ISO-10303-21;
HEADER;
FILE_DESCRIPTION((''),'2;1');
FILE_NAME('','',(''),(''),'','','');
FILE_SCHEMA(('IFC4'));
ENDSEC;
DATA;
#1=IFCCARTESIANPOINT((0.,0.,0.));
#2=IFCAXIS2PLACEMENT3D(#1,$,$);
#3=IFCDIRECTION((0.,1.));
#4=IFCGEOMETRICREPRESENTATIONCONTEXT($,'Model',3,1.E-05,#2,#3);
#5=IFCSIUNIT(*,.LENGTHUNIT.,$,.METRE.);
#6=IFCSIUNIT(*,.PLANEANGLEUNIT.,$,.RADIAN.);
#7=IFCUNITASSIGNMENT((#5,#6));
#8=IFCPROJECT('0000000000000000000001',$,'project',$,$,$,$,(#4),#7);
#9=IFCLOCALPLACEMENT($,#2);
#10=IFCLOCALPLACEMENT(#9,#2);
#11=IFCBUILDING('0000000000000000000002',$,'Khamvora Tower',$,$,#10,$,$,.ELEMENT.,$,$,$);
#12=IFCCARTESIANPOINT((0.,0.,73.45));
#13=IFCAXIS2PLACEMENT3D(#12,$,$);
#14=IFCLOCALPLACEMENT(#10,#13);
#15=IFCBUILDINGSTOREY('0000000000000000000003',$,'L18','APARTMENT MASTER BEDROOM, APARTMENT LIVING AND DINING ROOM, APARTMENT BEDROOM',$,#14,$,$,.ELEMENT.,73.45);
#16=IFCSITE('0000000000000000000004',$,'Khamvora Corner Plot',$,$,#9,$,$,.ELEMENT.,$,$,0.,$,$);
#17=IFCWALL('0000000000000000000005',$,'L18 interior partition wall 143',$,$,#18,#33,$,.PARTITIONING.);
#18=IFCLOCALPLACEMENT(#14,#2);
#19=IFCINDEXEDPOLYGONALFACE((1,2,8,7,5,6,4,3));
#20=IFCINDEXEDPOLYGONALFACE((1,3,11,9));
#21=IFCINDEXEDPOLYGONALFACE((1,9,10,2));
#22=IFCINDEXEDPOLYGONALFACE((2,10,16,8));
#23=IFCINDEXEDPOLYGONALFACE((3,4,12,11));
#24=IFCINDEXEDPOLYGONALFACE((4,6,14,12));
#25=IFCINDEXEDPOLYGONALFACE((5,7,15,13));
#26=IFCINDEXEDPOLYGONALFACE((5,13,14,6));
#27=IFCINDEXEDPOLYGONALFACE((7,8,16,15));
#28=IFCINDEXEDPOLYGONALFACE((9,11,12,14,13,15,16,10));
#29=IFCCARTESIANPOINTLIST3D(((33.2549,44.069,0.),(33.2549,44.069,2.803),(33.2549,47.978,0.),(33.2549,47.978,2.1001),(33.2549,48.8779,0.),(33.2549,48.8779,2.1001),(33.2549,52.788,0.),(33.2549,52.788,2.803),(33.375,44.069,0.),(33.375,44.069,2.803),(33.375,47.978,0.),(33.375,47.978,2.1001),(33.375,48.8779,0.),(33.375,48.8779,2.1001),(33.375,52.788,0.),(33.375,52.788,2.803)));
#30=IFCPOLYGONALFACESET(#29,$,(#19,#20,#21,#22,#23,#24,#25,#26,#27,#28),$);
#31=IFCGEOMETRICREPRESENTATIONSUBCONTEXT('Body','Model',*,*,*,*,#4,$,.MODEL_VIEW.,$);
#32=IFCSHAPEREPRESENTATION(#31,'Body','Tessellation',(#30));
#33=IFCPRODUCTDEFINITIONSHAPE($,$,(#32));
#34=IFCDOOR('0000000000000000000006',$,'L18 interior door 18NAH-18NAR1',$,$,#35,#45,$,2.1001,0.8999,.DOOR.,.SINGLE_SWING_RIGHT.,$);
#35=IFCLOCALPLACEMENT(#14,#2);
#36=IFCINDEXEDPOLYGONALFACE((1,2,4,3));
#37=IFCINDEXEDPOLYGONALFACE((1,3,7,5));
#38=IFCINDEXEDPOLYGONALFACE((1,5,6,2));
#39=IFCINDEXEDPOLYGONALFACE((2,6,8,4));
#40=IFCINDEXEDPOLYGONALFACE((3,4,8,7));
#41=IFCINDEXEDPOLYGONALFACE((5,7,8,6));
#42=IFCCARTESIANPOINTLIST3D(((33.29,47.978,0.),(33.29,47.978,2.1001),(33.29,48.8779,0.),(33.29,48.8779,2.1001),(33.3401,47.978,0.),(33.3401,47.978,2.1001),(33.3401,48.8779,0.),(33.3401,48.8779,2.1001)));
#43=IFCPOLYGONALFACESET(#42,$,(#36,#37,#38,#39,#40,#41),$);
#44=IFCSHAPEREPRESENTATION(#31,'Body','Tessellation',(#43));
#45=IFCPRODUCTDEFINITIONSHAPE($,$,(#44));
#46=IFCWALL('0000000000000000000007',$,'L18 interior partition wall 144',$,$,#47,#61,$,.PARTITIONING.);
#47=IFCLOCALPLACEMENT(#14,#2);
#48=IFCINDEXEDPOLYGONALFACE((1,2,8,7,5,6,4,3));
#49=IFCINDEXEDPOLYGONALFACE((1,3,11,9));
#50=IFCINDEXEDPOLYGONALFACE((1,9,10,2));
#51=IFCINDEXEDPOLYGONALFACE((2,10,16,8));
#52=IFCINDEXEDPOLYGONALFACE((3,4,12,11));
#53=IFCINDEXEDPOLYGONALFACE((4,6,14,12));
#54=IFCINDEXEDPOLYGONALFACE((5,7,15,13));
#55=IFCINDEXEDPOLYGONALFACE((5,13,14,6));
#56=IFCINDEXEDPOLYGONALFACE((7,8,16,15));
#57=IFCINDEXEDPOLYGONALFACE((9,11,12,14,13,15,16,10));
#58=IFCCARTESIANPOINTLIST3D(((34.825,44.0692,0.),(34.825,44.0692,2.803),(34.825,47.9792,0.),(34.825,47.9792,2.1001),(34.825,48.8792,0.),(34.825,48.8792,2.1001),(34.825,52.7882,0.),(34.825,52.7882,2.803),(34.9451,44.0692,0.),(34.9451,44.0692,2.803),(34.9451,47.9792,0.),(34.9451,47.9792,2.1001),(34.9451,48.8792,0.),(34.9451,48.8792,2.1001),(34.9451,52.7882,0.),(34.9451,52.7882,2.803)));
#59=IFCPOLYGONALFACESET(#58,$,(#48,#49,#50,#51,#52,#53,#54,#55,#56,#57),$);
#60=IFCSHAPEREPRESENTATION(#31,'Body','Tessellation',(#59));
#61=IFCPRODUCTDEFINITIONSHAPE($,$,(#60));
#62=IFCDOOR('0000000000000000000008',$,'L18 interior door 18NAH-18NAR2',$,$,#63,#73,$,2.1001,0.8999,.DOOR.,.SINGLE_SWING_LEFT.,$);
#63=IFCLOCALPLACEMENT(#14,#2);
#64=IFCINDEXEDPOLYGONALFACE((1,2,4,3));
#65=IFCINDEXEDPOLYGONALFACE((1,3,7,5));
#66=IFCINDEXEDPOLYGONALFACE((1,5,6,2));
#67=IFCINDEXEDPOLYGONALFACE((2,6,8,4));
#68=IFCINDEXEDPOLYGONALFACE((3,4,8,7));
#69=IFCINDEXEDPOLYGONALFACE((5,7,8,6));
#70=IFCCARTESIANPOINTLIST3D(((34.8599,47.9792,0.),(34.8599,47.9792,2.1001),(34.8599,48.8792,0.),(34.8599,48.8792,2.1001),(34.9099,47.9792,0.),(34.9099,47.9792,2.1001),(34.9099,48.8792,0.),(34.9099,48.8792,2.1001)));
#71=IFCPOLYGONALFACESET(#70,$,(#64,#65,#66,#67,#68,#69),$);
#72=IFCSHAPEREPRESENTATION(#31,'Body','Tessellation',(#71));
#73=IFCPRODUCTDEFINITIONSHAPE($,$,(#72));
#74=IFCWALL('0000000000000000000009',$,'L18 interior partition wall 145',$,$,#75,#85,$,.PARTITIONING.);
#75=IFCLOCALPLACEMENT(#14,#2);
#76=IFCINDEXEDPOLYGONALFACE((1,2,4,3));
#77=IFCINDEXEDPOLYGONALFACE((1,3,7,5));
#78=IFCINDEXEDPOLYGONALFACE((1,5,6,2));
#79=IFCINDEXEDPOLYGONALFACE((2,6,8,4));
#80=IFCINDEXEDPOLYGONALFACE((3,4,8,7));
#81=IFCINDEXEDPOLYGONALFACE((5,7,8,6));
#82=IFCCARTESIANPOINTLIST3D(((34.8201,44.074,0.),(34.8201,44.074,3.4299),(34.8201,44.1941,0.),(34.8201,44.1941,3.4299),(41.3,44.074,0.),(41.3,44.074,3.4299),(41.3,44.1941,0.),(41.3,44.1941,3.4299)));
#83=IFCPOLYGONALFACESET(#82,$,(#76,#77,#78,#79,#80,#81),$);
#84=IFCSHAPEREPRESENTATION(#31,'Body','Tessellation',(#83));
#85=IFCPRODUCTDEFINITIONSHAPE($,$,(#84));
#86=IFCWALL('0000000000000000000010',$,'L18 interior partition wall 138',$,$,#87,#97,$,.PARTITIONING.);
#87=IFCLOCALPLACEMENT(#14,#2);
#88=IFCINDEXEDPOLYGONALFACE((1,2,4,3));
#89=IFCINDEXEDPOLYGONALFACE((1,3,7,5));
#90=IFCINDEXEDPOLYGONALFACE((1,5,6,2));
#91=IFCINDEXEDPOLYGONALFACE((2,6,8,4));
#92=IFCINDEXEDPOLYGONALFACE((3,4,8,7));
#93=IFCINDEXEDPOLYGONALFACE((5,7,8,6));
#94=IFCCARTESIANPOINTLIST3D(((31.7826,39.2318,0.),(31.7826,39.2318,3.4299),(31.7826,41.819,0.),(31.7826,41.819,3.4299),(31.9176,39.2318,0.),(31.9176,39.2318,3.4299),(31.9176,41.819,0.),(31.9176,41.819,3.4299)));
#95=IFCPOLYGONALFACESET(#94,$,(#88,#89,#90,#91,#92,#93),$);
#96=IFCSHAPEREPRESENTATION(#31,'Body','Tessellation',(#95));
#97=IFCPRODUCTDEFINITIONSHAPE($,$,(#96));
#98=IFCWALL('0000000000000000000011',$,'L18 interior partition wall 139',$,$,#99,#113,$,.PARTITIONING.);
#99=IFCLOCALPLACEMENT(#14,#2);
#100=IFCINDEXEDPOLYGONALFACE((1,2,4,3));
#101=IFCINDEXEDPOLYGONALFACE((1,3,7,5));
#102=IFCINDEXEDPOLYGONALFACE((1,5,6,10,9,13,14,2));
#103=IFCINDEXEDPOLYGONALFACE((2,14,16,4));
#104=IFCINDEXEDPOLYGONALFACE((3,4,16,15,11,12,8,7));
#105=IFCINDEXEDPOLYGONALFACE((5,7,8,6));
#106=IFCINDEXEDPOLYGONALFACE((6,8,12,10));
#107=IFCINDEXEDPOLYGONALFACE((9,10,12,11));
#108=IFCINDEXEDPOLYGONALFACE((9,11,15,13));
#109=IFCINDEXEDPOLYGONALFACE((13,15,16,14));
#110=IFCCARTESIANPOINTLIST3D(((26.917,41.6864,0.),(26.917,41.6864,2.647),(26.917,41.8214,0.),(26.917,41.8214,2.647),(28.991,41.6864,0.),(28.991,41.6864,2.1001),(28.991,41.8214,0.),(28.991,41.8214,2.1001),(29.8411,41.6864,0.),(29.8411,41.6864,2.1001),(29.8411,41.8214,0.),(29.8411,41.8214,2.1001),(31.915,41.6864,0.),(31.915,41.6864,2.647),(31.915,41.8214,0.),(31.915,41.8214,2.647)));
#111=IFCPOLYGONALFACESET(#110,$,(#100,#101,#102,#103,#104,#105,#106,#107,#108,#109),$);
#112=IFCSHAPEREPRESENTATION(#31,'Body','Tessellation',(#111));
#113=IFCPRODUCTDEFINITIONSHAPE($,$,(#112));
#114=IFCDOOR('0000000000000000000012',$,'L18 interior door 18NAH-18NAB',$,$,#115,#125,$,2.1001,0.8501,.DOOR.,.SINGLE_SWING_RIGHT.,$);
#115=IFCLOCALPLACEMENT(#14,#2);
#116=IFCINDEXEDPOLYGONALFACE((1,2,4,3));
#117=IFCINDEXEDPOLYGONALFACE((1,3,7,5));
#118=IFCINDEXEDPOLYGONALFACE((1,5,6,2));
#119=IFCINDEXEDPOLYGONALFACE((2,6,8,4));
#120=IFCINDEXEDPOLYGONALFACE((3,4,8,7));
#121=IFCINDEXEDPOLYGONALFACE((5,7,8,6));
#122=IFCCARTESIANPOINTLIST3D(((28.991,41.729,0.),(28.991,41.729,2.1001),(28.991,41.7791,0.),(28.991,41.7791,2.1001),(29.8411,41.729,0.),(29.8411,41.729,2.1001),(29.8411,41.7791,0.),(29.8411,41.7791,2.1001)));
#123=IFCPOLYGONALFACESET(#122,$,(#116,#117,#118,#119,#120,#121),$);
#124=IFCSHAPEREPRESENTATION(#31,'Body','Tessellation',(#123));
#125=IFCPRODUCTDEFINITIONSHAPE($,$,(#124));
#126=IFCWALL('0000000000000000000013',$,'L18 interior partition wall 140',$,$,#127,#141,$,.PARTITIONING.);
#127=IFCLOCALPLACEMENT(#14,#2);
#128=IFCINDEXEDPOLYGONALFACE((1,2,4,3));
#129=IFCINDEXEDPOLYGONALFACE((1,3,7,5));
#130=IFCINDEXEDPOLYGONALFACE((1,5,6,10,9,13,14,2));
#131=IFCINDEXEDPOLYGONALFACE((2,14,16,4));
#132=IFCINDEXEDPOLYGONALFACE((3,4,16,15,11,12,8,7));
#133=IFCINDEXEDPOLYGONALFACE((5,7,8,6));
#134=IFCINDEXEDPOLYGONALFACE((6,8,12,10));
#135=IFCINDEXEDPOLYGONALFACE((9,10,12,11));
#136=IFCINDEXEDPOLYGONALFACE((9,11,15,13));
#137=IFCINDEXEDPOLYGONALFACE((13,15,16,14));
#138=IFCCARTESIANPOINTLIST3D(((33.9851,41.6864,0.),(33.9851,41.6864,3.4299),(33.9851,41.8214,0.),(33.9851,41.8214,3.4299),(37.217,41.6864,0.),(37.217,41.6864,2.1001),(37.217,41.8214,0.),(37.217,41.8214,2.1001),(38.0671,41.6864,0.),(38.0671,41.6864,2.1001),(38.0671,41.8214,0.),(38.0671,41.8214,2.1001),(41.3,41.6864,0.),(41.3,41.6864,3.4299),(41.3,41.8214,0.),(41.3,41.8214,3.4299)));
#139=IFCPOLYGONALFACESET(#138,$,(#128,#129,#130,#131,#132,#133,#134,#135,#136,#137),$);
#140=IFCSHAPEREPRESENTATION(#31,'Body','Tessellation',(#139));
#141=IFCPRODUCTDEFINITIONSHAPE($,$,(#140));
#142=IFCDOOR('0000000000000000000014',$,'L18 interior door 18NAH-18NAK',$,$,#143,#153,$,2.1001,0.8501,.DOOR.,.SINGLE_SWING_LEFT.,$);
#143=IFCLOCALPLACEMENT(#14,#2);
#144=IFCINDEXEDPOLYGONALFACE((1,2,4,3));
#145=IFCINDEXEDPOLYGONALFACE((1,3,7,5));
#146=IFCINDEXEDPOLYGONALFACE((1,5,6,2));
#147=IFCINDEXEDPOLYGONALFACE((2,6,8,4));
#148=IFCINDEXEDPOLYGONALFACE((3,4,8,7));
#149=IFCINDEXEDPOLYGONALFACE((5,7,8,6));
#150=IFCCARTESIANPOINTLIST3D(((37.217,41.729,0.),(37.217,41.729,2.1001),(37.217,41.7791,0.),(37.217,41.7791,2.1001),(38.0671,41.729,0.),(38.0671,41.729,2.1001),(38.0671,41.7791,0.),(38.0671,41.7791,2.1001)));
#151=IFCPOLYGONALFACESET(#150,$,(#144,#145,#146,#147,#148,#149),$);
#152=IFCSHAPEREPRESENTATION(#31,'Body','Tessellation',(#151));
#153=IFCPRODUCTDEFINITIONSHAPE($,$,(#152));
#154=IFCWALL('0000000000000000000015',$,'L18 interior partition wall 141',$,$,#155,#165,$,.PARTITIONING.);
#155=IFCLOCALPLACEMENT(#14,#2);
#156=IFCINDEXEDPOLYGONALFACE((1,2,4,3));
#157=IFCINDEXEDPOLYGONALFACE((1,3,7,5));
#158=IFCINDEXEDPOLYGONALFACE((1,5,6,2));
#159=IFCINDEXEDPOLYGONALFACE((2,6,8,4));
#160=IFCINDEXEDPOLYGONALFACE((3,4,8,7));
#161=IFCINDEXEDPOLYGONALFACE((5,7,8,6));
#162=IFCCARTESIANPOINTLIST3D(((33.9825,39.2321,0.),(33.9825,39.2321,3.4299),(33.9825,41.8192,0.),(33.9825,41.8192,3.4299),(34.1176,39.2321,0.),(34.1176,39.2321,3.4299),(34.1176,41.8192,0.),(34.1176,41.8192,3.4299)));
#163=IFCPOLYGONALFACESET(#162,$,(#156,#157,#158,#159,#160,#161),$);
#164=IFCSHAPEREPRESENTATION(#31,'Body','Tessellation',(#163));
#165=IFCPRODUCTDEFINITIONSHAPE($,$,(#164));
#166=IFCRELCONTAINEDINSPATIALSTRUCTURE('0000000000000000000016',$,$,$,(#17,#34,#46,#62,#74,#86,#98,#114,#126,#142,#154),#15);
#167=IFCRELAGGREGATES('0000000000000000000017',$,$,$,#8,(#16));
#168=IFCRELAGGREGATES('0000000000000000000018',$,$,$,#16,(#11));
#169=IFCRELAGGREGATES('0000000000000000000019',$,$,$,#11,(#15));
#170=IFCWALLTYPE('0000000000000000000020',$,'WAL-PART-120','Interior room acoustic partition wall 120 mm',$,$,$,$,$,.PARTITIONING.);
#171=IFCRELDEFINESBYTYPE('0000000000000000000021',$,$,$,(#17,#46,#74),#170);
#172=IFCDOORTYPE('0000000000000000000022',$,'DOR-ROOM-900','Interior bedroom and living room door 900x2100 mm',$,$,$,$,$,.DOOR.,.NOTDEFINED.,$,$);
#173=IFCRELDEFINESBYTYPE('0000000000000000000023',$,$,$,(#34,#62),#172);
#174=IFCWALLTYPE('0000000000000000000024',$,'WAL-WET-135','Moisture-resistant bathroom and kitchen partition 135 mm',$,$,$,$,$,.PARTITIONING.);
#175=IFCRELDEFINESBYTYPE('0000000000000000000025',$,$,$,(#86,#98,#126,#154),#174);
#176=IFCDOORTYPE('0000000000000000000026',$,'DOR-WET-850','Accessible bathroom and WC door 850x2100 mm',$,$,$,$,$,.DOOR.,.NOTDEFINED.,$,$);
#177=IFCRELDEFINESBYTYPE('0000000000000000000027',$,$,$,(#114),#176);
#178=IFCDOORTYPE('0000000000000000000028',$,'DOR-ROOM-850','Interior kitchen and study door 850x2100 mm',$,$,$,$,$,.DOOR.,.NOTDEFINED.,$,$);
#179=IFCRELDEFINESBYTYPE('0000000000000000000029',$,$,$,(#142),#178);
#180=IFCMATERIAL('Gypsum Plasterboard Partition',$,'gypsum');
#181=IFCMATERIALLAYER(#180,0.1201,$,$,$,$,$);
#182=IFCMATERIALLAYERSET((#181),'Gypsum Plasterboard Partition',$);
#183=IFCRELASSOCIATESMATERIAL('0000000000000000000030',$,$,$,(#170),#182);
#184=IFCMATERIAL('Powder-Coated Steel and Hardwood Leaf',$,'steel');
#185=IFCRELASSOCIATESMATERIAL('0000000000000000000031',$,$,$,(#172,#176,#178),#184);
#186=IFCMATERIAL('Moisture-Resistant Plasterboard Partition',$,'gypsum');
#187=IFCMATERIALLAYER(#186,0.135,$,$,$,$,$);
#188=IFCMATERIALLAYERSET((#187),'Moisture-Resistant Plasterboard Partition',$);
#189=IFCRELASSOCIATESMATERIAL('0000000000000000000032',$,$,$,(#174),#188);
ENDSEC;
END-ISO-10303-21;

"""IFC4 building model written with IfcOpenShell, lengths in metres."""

from ifc_helpers import new_model, si_unit, direction, frame, frame_2d, origin, place, context, subcontext, project, spatial, rectangle, extrude, material, layer, layer_set, type_object, element, fill, save


model = new_model("IFC4")

# Units and contexts
model_context = context("Model", 3, precision=1e-05, world=origin(), true_north=direction((0.0, 1.0)))
body_context = subcontext(model_context, "Body", "Model", "MODEL_VIEW")
ifc_project = project(units=[si_unit("LENGTHUNIT", "METRE"), si_unit("PLANEANGLEUNIT", "RADIAN")], contexts=[model_context])

# Site, building, storey
site_placement = place(None, origin())
site = spatial("IfcSite", under=ifc_project, at=site_placement, Name="Khamvora Corner Plot", CompositionType="ELEMENT", RefElevation=0.0)
building_placement = place(site_placement, origin())
building = spatial("IfcBuilding", under=site, at=building_placement, Name="Khamvora Tower", CompositionType="ELEMENT")
storey_placement = place(building_placement, frame((0.0, 0.0, 73.45)))
storey = spatial("IfcBuildingStorey", under=building, at=storey_placement, Name="L18", Description="APARTMENT MASTER BEDROOM, APARTMENT LIVING AND DINING ROOM, APARTMENT BEDROOM", CompositionType="ELEMENT", Elevation=73.45)

# Shared definitions
ifc_material_1 = material(Name="Powder-Coated Steel and Hardwood Leaf", Category="steel")

# Walls, openings, doors
ifc_material_2 = material(Name="Gypsum Plasterboard Partition", Category="gypsum")
ifc_layer_1 = layer(ifc_material_2, 0.1201)
ifc_layer_set_1 = layer_set([ifc_layer_1], Name="Gypsum Plasterboard Partition")
wall_type_1 = type_object("IfcWallType", Name="WAL-PART-120", Description="Interior room acoustic partition wall 120 mm", PredefinedType="PARTITIONING", material=ifc_layer_set_1)
wall_1_placement = place(storey_placement, frame((33.3149, 44.0691, 0.0), z_axis=(0.0, 0.0, 1.0), x_axis=(0.0, 1.0, 0.0)))
wall_1 = element("IfcWall", 1, at=wall_1_placement, inside=storey, type_object=wall_type_1, Name="L18 interior partition wall 143", PredefinedType="PARTITIONING", context=body_context, shape_type="SweptSolid", body=[
    extrude(rectangle(XDim=8.719, YDim=0.1201, at=frame_2d((4.3594, 0.0))), origin(), (0.0, 0.0, 1.0), 2.803),
])
opening_1_placement = place(wall_1_placement, frame((3.9089, 0.0, 0.0)))
opening_1 = element("IfcOpeningElement", 2, at=opening_1_placement, cuts=wall_1, PredefinedType="OPENING", context=body_context, shape_type="SweptSolid", body=[
    extrude(rectangle(XDim=0.8999, YDim=2.1001, at=frame_2d((0.45, 1.05))), frame((0.0, 0.0701, 0.0), z_axis=(0.0, -1.0, 0.0), x_axis=(1.0, 0.0, 0.0)), (0.0, 0.0, 1.0), 0.1401),
])
door_type_1 = type_object("IfcDoorType", Name="DOR-ROOM-900", Description="Interior bedroom and living room door 900x2100 mm", OperationType="NOTDEFINED", PredefinedType="DOOR", material=ifc_material_1)
door_1_placement = place(opening_1_placement, origin())
door_1 = element("IfcDoor", 3, at=door_1_placement, inside=storey, type_object=door_type_1, Name="L18 interior door 18NAH-18NAR1", OperationType="SINGLE_SWING_RIGHT", OverallHeight=2.1001, OverallWidth=0.8999, PredefinedType="DOOR", context=body_context, shape_type="SweptSolid", body=[
    extrude(rectangle(XDim=0.8999, YDim=2.1001, at=frame_2d((0.45, 1.05))), frame((0.0, 0.0249, 0.0), z_axis=(0.0, -1.0, 0.0), x_axis=(1.0, 0.0, 0.0)), (0.0, 0.0, 1.0), 0.05),
])
fill(opening_1, door_1)
wall_2_placement = place(storey_placement, frame((34.885, 52.7881, 0.0), z_axis=(0.0, 0.0, 1.0), x_axis=(0.0, -1.0, 0.0)))
wall_2 = element("IfcWall", 4, at=wall_2_placement, inside=storey, type_object=wall_type_1, Name="L18 interior partition wall 144", PredefinedType="PARTITIONING", context=body_context, shape_type="SweptSolid", body=[
    extrude(rectangle(XDim=8.719, YDim=0.1201, at=frame_2d((4.3594, 0.0))), origin(), (0.0, 0.0, 1.0), 2.803),
])
opening_2_placement = place(wall_2_placement, frame((3.9089, 0.0, 0.0)))
opening_2 = element("IfcOpeningElement", 5, at=opening_2_placement, cuts=wall_2, PredefinedType="OPENING", context=body_context, shape_type="SweptSolid", body=[
    extrude(rectangle(XDim=0.8999, YDim=2.1001, at=frame_2d((0.45, 1.05))), frame((0.0, 0.0701, 0.0), z_axis=(0.0, -1.0, 0.0), x_axis=(1.0, 0.0, 0.0)), (0.0, 0.0, 1.0), 0.1401),
])
door_2_placement = place(opening_2_placement, origin())
door_2 = element("IfcDoor", 6, at=door_2_placement, inside=storey, type_object=door_type_1, Name="L18 interior door 18NAH-18NAR2", OperationType="SINGLE_SWING_LEFT", OverallHeight=2.1001, OverallWidth=0.8999, PredefinedType="DOOR", context=body_context, shape_type="SweptSolid", body=[
    extrude(rectangle(XDim=0.8999, YDim=2.1001, at=frame_2d((0.45, 1.05))), frame((0.0, 0.0249, 0.0), z_axis=(0.0, -1.0, 0.0), x_axis=(1.0, 0.0, 0.0)), (0.0, 0.0, 1.0), 0.05),
])
fill(opening_2, door_2)

# Walls
wall_3_placement = place(storey_placement, frame((34.8201, 44.134, 0.0), z_axis=(0.0, 0.0, 1.0), x_axis=(1.0, 0.0, 0.0)))
element("IfcWall", 7, at=wall_3_placement, inside=storey, type_object=wall_type_1, Name="L18 interior partition wall 145", PredefinedType="PARTITIONING", context=body_context, shape_type="SweptSolid", body=[
    extrude(rectangle(XDim=6.48, YDim=0.1201, at=frame_2d((3.24, 0.0))), origin(), (0.0, 0.0, 1.0), 3.4299),
])
ifc_material_3 = material(Name="Moisture-Resistant Plasterboard Partition", Category="gypsum")
ifc_layer_2 = layer(ifc_material_3, 0.135)
ifc_layer_set_2 = layer_set([ifc_layer_2], Name="Moisture-Resistant Plasterboard Partition")
wall_type_2 = type_object("IfcWallType", Name="WAL-WET-135", Description="Moisture-resistant bathroom and kitchen partition 135 mm", PredefinedType="PARTITIONING", material=ifc_layer_set_2)
wall_4_placement = place(storey_placement, frame((31.8501, 39.2319, 0.0), z_axis=(0.0, 0.0, 1.0), x_axis=(0.0, 1.0, 0.0)))
element("IfcWall", 8, at=wall_4_placement, inside=storey, type_object=wall_type_2, Name="L18 interior partition wall 138", PredefinedType="PARTITIONING", context=body_context, shape_type="SweptSolid", body=[
    extrude(rectangle(XDim=2.5872, YDim=0.135, at=frame_2d((1.2935, 0.0))), origin(), (0.0, 0.0, 1.0), 3.4299),
])

# Walls, openings, doors
wall_5_placement = place(storey_placement, frame((31.915, 41.7539, 0.0), z_axis=(0.0, 0.0, 1.0), x_axis=(-1.0, 0.0, 0.0)))
wall_5 = element("IfcWall", 9, at=wall_5_placement, inside=storey, type_object=wall_type_2, Name="L18 interior partition wall 139", PredefinedType="PARTITIONING", context=body_context, shape_type="SweptSolid", body=[
    extrude(rectangle(XDim=4.998, YDim=0.135, at=frame_2d((2.499, 0.0))), origin(), (0.0, 0.0, 1.0), 2.647),
])
opening_3_placement = place(wall_5_placement, frame((2.074, 0.0, 0.0)))
opening_3 = element("IfcOpeningElement", 10, at=opening_3_placement, cuts=wall_5, PredefinedType="OPENING", context=body_context, shape_type="SweptSolid", body=[
    extrude(rectangle(XDim=0.8501, YDim=2.1001, at=frame_2d((0.425, 1.05))), frame((0.0, 0.0774, 0.0), z_axis=(0.0, -1.0, 0.0), x_axis=(1.0, 0.0, 0.0)), (0.0, 0.0, 1.0), 0.155),
])
door_type_2 = type_object("IfcDoorType", Name="DOR-WET-850", Description="Accessible bathroom and WC door 850x2100 mm", OperationType="NOTDEFINED", PredefinedType="DOOR", material=ifc_material_1)
door_3_placement = place(opening_3_placement, origin())
door_3 = element("IfcDoor", 11, at=door_3_placement, inside=storey, type_object=door_type_2, Name="L18 interior door 18NAH-18NAB", OperationType="SINGLE_SWING_RIGHT", OverallHeight=2.1001, OverallWidth=0.8501, PredefinedType="DOOR", context=body_context, shape_type="SweptSolid", body=[
    extrude(rectangle(XDim=0.8501, YDim=2.1001, at=frame_2d((0.425, 1.05))), frame((0.0, 0.0249, 0.0), z_axis=(0.0, -1.0, 0.0), x_axis=(1.0, 0.0, 0.0)), (0.0, 0.0, 1.0), 0.05),
])
fill(opening_3, door_3)
wall_6_placement = place(storey_placement, frame((41.3, 41.7539, 0.0), z_axis=(0.0, 0.0, 1.0), x_axis=(-1.0, 0.0, 0.0)))
wall_6 = element("IfcWall", 12, at=wall_6_placement, inside=storey, type_object=wall_type_2, Name="L18 interior partition wall 140", PredefinedType="PARTITIONING", context=body_context, shape_type="SweptSolid", body=[
    extrude(rectangle(XDim=7.3149, YDim=0.135, at=frame_2d((3.6575, 0.0))), origin(), (0.0, 0.0, 1.0), 3.4299),
])
opening_4_placement = place(wall_6_placement, frame((3.2329, 0.0, 0.0)))
opening_4 = element("IfcOpeningElement", 13, at=opening_4_placement, cuts=wall_6, PredefinedType="OPENING", context=body_context, shape_type="SweptSolid", body=[
    extrude(rectangle(XDim=0.8501, YDim=2.1001, at=frame_2d((0.425, 1.05))), frame((0.0, 0.0774, 0.0), z_axis=(0.0, -1.0, 0.0), x_axis=(1.0, 0.0, 0.0)), (0.0, 0.0, 1.0), 0.155),
])
door_type_3 = type_object("IfcDoorType", Name="DOR-ROOM-850", Description="Interior kitchen and study door 850x2100 mm", OperationType="NOTDEFINED", PredefinedType="DOOR", material=ifc_material_1)
door_4_placement = place(opening_4_placement, origin())
door_4 = element("IfcDoor", 14, at=door_4_placement, inside=storey, type_object=door_type_3, Name="L18 interior door 18NAH-18NAK", OperationType="SINGLE_SWING_LEFT", OverallHeight=2.1001, OverallWidth=0.8501, PredefinedType="DOOR", context=body_context, shape_type="SweptSolid", body=[
    extrude(rectangle(XDim=0.8501, YDim=2.1001, at=frame_2d((0.425, 1.05))), frame((0.0, 0.0249, 0.0), z_axis=(0.0, -1.0, 0.0), x_axis=(1.0, 0.0, 0.0)), (0.0, 0.0, 1.0), 0.05),
])
fill(opening_4, door_4)

# Wall
wall_7_placement = place(storey_placement, frame((34.05, 41.8191, 0.0), z_axis=(0.0, 0.0, 1.0), x_axis=(0.0, -1.0, 0.0)))
element("IfcWall", 15, at=wall_7_placement, inside=storey, type_object=wall_type_2, Name="L18 interior partition wall 141", PredefinedType="PARTITIONING", context=body_context, shape_type="SweptSolid", body=[
    extrude(rectangle(XDim=2.5872, YDim=0.135, at=frame_2d((1.2935, 0.0))), origin(), (0.0, 0.0, 1.0), 3.4299),
])

save(model, "model.ifc")
